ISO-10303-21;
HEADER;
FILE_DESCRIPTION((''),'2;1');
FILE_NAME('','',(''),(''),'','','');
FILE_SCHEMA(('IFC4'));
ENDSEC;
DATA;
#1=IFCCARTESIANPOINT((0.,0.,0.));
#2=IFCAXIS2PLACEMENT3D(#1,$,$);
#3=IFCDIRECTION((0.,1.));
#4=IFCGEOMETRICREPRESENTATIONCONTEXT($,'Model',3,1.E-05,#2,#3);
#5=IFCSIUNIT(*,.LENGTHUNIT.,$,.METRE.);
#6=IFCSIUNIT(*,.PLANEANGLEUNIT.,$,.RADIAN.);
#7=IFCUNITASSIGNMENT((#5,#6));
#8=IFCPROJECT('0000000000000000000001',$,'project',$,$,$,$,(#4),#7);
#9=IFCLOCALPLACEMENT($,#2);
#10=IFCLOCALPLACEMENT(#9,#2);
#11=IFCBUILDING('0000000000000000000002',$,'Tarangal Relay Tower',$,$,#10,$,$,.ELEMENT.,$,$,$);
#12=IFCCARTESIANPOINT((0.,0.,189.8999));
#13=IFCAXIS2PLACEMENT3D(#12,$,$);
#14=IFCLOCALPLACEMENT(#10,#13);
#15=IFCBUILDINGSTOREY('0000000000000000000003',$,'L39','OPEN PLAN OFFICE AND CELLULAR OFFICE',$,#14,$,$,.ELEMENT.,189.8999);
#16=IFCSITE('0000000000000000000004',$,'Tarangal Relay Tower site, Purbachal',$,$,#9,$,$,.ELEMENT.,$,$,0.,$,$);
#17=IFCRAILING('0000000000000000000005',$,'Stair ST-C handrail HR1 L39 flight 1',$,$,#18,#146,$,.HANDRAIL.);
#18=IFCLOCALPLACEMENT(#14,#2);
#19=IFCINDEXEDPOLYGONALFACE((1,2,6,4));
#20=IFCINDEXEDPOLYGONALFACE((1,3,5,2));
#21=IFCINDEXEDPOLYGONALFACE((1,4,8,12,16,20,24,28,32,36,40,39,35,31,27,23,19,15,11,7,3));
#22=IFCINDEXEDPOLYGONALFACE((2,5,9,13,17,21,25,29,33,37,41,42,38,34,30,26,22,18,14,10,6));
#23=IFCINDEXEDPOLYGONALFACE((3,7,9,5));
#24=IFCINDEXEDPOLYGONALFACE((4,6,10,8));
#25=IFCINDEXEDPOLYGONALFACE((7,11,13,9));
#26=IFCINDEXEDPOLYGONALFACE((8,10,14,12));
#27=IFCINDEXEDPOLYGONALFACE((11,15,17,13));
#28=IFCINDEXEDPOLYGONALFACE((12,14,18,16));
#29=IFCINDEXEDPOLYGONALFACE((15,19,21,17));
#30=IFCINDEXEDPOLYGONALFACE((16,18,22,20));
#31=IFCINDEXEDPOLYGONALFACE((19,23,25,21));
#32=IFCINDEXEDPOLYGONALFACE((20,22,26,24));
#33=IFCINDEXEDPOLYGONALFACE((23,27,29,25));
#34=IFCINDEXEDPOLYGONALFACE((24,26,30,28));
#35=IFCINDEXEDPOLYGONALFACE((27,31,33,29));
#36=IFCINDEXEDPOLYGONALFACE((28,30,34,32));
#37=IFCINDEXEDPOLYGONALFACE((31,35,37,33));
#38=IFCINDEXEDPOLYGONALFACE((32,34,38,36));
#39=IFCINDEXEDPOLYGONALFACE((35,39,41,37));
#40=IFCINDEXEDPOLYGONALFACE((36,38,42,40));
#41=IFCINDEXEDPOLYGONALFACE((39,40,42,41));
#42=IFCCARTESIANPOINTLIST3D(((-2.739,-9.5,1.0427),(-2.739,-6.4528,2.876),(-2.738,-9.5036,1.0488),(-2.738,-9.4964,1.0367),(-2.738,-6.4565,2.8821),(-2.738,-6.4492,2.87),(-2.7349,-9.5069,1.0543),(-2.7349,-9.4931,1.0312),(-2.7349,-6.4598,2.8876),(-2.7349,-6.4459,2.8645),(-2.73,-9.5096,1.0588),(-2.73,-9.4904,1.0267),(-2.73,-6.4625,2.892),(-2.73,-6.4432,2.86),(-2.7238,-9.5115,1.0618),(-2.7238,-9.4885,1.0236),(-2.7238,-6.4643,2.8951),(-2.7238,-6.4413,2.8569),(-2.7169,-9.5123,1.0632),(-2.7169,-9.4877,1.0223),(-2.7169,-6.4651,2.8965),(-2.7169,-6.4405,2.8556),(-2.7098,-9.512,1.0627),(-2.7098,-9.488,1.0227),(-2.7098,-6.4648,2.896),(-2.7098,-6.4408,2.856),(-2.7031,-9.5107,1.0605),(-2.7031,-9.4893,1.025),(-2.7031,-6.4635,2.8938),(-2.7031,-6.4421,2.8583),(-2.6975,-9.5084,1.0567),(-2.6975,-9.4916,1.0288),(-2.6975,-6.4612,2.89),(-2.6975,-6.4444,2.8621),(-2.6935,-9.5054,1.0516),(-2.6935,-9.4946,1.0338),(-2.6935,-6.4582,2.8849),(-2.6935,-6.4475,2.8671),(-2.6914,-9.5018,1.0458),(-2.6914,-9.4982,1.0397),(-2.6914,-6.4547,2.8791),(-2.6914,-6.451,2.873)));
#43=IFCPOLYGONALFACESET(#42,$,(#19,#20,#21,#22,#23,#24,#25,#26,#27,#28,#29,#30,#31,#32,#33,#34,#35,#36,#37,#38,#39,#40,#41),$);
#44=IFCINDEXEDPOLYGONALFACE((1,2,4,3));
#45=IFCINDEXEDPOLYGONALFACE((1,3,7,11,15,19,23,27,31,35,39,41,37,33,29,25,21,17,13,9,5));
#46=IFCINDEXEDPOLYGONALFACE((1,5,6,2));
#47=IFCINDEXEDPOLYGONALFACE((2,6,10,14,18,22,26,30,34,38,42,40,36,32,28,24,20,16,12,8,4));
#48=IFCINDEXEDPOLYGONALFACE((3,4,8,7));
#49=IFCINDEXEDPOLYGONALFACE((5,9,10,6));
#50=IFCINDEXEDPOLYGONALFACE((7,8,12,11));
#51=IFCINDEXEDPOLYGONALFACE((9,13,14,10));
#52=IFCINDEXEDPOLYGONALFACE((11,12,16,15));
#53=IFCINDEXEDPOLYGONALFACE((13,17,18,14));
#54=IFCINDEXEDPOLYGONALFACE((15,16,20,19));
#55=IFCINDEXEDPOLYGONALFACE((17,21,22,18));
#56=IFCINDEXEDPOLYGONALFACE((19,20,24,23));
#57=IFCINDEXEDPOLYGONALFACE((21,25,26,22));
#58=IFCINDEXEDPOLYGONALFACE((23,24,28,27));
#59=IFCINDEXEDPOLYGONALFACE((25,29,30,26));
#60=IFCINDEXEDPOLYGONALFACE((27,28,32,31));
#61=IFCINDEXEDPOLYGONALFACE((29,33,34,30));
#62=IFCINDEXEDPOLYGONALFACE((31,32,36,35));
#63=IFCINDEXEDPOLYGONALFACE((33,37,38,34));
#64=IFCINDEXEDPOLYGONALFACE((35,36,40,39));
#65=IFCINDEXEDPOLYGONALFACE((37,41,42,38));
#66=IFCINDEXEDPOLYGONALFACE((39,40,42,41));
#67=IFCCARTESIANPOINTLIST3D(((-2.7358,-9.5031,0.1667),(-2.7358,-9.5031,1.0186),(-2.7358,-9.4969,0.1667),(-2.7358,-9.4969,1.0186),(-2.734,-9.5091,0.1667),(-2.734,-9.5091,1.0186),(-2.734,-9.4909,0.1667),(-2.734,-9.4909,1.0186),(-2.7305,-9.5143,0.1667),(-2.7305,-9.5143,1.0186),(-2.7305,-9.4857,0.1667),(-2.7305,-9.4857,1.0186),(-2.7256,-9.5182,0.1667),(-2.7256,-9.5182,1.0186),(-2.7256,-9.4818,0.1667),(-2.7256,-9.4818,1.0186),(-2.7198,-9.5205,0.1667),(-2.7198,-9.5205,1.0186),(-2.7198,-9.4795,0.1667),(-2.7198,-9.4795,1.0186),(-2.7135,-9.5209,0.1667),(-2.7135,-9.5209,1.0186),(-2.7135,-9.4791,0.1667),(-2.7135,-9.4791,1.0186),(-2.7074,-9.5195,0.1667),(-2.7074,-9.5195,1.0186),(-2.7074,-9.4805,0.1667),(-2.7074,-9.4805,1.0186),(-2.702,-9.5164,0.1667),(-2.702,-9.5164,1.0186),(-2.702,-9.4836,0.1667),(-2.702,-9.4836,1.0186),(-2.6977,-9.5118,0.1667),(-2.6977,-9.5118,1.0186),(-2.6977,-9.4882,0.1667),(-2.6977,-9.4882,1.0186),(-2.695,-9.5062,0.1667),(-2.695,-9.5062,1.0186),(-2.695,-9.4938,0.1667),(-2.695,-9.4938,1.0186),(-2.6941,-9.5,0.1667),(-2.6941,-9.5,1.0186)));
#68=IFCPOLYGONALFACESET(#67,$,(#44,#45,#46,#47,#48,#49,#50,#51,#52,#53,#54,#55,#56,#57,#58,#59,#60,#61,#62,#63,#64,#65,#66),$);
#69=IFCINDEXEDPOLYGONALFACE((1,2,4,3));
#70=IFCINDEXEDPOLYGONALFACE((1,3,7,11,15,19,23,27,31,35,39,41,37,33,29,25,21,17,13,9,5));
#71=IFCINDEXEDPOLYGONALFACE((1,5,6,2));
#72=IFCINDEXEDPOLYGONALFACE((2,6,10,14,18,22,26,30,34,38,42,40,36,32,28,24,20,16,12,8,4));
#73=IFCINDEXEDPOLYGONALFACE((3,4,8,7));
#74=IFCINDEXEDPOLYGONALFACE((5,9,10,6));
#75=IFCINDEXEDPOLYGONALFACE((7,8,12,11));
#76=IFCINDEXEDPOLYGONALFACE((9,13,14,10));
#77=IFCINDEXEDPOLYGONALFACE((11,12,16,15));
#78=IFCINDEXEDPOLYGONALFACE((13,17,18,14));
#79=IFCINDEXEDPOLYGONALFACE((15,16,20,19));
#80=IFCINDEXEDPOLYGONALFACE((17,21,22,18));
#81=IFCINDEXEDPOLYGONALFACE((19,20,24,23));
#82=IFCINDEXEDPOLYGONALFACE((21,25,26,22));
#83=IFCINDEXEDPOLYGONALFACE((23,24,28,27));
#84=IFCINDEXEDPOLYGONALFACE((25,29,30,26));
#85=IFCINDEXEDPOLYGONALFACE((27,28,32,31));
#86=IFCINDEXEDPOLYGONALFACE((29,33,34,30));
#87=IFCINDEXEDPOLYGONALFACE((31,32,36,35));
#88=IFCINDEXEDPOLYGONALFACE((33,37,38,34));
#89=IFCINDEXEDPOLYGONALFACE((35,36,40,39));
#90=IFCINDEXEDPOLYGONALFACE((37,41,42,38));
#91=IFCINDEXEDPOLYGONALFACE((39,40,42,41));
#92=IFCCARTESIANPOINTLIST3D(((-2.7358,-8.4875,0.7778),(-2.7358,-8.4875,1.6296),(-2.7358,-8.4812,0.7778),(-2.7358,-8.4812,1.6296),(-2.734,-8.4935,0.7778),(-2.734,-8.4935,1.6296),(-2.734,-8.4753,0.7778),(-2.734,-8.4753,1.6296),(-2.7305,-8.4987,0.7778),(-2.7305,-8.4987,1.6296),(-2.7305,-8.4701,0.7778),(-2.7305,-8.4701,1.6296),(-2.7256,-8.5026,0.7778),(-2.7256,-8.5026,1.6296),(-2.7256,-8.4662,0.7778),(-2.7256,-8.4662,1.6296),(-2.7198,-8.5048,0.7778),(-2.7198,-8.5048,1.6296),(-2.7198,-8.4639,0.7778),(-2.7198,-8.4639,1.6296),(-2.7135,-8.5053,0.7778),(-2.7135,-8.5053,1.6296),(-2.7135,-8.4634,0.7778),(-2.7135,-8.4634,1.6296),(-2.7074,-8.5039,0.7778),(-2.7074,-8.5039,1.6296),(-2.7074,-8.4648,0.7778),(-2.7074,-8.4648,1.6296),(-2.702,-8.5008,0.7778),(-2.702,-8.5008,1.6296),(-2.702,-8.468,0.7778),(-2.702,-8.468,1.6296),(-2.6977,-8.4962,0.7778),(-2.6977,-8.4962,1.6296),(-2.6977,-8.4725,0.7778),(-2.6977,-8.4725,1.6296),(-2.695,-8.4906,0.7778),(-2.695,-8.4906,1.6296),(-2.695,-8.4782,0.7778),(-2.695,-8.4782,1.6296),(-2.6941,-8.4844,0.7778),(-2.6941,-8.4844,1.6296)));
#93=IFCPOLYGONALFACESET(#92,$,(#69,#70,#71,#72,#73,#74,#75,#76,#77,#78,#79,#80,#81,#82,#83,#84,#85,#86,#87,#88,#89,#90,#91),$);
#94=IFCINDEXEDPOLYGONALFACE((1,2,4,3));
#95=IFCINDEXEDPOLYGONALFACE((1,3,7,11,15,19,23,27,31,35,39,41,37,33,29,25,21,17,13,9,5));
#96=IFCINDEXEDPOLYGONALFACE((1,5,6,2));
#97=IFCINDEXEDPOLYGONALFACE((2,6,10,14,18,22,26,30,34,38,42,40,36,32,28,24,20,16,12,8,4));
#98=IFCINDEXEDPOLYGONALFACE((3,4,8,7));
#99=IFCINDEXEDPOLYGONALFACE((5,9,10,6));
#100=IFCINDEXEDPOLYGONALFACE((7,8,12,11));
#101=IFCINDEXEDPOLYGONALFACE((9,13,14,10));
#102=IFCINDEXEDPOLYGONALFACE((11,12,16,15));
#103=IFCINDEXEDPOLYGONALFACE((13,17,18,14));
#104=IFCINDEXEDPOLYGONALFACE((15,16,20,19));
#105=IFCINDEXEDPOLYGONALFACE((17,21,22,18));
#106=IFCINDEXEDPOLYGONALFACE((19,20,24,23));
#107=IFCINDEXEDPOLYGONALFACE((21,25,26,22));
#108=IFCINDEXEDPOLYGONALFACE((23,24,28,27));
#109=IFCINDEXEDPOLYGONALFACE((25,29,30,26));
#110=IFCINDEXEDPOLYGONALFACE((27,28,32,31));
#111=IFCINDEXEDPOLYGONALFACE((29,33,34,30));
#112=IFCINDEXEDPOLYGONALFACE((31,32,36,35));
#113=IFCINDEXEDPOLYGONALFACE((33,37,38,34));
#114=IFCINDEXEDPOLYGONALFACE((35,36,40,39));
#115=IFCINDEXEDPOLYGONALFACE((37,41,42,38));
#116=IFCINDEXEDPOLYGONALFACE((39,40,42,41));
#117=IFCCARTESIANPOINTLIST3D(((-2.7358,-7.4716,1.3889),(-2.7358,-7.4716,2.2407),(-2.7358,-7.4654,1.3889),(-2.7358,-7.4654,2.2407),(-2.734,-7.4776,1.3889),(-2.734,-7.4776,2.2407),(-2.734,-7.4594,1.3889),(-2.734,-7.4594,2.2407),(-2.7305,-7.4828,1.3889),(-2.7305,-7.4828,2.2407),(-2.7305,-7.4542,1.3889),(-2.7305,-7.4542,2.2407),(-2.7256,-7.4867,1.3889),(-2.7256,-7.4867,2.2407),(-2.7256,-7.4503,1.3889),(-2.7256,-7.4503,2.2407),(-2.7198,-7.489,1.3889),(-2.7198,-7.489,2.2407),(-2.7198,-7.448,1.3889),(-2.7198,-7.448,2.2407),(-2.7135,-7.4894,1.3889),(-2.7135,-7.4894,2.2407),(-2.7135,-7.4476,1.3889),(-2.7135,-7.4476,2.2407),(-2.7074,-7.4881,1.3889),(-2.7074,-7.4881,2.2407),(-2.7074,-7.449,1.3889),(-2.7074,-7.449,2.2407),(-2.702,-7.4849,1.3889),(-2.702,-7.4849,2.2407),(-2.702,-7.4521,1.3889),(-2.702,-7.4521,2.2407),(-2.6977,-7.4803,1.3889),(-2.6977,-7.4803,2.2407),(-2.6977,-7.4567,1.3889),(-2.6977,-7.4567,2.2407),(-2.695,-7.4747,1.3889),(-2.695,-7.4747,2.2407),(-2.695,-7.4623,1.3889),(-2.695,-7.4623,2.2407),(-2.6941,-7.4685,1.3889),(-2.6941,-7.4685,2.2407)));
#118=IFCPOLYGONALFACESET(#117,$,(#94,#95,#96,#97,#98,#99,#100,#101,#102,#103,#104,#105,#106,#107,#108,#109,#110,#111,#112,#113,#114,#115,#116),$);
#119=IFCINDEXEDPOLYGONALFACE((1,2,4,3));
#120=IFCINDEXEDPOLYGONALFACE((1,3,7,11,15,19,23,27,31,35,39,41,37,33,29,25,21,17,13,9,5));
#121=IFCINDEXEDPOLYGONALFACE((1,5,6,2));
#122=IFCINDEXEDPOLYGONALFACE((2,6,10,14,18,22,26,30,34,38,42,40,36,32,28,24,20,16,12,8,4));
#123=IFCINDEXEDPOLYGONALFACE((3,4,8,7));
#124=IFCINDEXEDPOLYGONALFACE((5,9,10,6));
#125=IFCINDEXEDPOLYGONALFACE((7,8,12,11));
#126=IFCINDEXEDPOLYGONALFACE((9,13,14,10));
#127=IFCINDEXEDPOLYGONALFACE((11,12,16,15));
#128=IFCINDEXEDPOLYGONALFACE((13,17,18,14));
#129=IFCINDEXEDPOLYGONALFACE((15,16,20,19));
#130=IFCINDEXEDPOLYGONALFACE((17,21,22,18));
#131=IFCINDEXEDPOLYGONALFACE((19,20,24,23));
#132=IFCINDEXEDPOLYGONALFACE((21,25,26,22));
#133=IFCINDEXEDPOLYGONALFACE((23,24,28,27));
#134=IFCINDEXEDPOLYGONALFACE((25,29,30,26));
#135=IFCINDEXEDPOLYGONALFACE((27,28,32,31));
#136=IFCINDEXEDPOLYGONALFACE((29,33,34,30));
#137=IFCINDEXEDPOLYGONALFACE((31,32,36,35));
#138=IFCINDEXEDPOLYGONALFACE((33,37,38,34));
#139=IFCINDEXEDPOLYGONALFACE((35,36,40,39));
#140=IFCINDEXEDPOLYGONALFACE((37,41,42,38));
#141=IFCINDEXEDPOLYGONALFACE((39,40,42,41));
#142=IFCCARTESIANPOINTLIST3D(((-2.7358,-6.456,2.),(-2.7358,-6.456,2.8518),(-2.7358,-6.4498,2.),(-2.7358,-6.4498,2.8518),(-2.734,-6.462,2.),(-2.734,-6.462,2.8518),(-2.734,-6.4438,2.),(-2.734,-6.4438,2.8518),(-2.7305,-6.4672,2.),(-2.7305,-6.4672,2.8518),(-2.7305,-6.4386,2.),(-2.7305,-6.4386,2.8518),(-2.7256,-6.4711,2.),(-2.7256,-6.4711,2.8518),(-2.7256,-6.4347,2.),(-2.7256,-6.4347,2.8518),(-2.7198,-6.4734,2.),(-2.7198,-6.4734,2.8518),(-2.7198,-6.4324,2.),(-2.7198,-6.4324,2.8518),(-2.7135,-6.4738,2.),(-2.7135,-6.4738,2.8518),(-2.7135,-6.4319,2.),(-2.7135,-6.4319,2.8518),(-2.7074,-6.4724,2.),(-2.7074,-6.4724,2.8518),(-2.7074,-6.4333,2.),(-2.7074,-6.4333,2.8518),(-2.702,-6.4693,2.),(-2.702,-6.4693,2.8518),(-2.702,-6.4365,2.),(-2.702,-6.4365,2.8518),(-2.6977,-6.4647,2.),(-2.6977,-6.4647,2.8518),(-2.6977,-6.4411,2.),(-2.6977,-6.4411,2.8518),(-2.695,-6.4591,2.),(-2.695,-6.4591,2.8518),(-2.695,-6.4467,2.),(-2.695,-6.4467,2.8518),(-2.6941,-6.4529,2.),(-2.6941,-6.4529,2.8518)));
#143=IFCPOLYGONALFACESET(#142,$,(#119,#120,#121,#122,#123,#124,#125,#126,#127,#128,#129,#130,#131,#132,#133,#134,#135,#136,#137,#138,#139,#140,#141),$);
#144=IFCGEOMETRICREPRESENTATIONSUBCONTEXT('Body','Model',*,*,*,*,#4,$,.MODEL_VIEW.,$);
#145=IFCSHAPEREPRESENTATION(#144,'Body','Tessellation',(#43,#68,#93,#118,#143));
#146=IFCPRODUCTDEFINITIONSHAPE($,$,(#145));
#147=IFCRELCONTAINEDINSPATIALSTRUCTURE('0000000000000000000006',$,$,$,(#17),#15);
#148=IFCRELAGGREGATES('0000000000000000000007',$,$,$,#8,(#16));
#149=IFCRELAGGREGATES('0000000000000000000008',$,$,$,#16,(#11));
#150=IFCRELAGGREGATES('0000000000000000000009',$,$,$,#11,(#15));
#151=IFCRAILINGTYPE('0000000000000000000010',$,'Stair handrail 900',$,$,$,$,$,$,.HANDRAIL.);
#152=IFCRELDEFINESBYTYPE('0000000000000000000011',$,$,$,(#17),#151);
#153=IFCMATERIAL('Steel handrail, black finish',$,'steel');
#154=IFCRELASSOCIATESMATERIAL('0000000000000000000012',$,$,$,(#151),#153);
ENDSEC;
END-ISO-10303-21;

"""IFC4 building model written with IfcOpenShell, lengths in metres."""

from ifc_helpers import new_model, si_unit, direction, frame, origin, origin_2d, place, context, subcontext, project, spatial, circle, extrude, material, type_object, element, save


model = new_model("IFC4")

# Units and contexts
model_context = context("Model", 3, precision=1e-05, world=origin(), true_north=direction((0.0, 1.0)))
body_context = subcontext(model_context, "Body", "Model", "MODEL_VIEW")
ifc_project = project(units=[si_unit("LENGTHUNIT", "METRE"), si_unit("PLANEANGLEUNIT", "RADIAN")], contexts=[model_context])

# Site, building, storey
site_placement = place(None, origin())
site = spatial("IfcSite", under=ifc_project, at=site_placement, Name="Tarangal Relay Tower site, Purbachal", CompositionType="ELEMENT", RefElevation=0.0)
building_placement = place(site_placement, origin())
building = spatial("IfcBuilding", under=site, at=building_placement, Name="Tarangal Relay Tower", CompositionType="ELEMENT")
storey_placement = place(building_placement, frame((0.0, 0.0, 189.8999)))
storey = spatial("IfcBuildingStorey", under=building, at=storey_placement, Name="L39", Description="OPEN PLAN OFFICE AND CELLULAR OFFICE", CompositionType="ELEMENT", Elevation=189.8999)

# Railing
ifc_material_1 = material(Name="Steel handrail, black finish", Category="steel")
railing_type_1 = type_object("IfcRailingType", Name="Stair handrail 900", PredefinedType="HANDRAIL", material=ifc_material_1)
railing_1_placement = place(storey_placement, frame((-2.7151, -9.5, 0.1667)))
element("IfcRailing", 1, at=railing_1_placement, inside=storey, type_object=railing_type_1, Name="Stair ST-C handrail HR1 L39 flight 1", PredefinedType="HANDRAIL", context=body_context, shape_type="SweptSolid", body=[
    extrude(circle(Radius=0.0239, at=origin_2d()), frame((0.0, 0.0, 0.876), z_axis=(0.0, 0.856874, 0.515525), x_axis=(-1.0, 0.0, 0.0)), (0.0, 0.0, 1.0), 3.5562),
    extrude(circle(Radius=0.021, at=origin_2d()), origin(), (0.0, 0.0, 1.0), 0.8518),
    extrude(circle(Radius=0.021, at=origin_2d()), frame((0.0, 1.0156, 0.6111)), (0.0, 0.0, 1.0), 0.8518),
    extrude(circle(Radius=0.021, at=origin_2d()), frame((0.0, 2.0315, 1.2222)), (0.0, 0.0, 1.0), 0.8518),
    extrude(circle(Radius=0.021, at=origin_2d()), frame((0.0, 3.0471, 1.8333)), (0.0, 0.0, 1.0), 0.8518),
])

save(model, "model.ifc")
